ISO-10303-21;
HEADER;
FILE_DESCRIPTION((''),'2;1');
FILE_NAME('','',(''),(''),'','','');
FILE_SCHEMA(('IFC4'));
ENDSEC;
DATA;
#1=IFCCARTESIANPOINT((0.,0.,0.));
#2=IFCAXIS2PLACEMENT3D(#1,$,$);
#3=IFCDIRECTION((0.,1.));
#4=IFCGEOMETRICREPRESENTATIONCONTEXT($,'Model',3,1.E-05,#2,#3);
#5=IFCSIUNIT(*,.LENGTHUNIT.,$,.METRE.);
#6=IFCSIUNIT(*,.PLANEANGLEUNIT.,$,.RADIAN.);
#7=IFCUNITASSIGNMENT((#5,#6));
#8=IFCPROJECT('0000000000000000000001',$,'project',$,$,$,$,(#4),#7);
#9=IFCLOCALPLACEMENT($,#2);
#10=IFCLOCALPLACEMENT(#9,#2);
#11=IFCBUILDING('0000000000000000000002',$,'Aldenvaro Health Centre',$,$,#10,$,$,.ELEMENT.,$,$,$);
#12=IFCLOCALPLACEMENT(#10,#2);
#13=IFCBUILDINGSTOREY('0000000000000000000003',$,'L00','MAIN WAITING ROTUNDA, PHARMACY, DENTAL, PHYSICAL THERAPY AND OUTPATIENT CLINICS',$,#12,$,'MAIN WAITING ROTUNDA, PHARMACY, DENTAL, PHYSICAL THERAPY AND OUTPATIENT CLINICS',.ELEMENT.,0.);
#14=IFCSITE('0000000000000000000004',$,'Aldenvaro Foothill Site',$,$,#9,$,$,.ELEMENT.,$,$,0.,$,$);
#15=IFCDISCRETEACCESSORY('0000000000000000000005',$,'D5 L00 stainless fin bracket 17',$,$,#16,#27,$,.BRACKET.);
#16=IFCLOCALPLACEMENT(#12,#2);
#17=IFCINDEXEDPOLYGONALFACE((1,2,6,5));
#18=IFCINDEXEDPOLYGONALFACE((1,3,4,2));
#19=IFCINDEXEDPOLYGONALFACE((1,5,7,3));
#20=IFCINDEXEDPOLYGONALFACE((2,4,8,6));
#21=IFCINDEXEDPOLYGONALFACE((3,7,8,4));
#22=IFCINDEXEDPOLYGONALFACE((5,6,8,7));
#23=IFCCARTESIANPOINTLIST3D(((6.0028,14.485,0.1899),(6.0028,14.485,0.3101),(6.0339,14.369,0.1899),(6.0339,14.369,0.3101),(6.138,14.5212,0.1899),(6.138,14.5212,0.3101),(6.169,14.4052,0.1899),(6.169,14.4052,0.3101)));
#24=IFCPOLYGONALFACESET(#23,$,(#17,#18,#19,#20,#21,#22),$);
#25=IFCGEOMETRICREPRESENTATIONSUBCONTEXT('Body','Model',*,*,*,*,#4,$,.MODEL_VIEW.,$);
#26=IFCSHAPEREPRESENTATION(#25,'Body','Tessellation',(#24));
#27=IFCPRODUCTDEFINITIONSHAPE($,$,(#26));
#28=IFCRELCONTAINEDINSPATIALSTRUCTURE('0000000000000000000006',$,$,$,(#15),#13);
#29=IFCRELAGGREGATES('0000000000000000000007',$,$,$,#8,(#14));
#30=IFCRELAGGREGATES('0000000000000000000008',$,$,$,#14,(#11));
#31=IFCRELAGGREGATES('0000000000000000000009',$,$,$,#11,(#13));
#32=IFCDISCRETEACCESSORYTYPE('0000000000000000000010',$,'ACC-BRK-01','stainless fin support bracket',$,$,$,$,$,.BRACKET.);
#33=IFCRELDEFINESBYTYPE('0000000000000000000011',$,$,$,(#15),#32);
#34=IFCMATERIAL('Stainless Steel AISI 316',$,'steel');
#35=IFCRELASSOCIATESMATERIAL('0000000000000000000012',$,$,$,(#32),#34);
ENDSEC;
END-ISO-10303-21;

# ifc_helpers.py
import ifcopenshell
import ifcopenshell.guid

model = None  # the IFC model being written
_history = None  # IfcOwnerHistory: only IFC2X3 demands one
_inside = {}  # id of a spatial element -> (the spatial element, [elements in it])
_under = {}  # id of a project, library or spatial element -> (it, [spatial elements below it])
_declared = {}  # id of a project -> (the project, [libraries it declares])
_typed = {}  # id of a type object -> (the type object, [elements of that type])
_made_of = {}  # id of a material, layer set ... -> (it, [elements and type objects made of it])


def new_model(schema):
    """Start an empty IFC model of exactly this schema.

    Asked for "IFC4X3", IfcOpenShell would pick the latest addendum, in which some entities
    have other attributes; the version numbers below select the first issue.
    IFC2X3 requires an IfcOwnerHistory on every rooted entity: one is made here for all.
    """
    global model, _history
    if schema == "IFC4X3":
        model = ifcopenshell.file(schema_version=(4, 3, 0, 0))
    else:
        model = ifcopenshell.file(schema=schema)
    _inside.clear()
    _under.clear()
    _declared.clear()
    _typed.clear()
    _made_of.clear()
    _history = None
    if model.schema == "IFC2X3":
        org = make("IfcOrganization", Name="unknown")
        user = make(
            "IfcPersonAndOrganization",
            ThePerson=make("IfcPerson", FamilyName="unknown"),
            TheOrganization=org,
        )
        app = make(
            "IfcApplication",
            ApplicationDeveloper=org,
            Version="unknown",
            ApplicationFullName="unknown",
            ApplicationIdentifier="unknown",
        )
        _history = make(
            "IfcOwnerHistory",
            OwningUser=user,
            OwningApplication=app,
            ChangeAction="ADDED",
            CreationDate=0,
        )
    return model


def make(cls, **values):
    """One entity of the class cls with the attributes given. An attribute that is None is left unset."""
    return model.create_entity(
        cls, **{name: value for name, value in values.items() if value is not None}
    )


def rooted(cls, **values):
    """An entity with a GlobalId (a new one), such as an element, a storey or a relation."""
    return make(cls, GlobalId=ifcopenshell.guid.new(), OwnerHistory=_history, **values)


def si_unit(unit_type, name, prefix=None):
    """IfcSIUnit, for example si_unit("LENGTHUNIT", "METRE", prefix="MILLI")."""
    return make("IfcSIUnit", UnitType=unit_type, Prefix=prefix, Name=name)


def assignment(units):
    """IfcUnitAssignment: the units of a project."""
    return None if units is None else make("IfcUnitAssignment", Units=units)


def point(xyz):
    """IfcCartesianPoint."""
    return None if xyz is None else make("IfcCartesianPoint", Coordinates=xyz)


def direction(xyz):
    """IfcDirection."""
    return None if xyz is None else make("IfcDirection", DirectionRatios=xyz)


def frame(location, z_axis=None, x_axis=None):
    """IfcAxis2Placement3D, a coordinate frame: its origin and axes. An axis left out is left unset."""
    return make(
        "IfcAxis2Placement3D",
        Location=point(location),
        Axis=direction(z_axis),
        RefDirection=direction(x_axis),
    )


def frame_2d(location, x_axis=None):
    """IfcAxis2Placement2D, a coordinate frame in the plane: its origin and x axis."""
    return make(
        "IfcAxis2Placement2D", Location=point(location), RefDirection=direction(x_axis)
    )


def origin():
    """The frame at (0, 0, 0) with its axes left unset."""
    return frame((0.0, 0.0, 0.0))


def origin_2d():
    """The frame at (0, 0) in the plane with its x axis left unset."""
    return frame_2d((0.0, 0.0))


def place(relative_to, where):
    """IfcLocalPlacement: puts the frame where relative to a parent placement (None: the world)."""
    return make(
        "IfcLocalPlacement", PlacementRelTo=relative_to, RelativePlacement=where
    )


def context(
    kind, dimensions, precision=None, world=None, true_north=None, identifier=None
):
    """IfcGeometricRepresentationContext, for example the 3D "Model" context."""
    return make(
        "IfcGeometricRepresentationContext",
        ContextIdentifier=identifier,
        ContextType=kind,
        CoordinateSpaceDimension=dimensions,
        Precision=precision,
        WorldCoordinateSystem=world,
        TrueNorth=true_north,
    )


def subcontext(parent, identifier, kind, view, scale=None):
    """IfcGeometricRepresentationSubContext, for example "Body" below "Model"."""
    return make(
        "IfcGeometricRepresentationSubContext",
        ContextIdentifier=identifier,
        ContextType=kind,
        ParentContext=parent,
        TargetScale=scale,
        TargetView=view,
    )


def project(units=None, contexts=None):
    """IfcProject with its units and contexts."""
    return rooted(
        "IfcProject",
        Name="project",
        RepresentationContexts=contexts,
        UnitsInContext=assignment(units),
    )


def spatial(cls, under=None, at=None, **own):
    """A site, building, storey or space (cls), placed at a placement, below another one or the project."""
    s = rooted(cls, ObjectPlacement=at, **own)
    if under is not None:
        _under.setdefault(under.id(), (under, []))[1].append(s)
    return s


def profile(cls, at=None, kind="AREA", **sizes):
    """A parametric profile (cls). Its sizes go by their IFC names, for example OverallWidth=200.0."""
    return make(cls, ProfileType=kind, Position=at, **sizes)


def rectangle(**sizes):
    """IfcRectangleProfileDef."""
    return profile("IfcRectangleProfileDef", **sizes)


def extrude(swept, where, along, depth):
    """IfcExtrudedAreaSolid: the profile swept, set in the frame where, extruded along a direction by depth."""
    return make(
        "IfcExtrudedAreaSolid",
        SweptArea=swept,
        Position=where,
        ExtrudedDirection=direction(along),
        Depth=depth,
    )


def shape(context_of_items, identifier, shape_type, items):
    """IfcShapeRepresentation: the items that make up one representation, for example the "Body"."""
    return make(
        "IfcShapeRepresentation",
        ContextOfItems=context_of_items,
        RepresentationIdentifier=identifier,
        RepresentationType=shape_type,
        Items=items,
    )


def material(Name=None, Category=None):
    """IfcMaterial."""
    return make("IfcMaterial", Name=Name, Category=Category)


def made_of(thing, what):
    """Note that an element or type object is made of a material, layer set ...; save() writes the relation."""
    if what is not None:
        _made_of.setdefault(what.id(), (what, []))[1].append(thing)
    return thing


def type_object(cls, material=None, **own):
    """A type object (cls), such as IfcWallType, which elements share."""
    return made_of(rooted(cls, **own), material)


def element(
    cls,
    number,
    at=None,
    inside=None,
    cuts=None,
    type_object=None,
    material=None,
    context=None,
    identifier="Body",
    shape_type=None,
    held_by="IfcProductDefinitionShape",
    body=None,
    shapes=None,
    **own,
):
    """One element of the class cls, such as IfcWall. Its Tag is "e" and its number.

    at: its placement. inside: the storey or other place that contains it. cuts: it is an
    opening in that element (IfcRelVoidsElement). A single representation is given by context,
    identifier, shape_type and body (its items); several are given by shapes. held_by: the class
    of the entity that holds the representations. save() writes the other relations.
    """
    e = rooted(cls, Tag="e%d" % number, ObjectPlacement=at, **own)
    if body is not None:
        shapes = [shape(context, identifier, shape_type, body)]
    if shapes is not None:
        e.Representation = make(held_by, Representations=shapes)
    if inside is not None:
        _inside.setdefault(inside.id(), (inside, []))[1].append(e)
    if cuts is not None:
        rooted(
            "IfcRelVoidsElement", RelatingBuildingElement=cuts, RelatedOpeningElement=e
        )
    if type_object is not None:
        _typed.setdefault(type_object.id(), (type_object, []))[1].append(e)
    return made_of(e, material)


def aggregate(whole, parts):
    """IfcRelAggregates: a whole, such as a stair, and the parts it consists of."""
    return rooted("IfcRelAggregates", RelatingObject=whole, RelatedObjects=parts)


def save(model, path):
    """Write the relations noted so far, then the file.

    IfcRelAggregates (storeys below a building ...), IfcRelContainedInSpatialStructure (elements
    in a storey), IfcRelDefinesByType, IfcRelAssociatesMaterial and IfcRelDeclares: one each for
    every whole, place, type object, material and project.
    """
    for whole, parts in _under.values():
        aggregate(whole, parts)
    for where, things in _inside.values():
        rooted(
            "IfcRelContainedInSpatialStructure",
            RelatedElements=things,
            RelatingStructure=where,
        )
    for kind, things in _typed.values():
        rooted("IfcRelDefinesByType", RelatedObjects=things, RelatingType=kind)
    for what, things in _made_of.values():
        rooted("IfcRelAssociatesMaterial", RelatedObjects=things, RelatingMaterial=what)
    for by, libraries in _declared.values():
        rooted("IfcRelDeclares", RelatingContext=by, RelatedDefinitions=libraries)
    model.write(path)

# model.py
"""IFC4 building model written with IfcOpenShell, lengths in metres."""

from ifc_helpers import new_model, si_unit, direction, frame, origin, origin_2d, place, context, subcontext, project, spatial, rectangle, extrude, material, type_object, element, save


model = new_model("IFC4")

# Units and contexts
model_context = context("Model", 3, precision=1e-05, world=origin(), true_north=direction((0.0, 1.0)))
body_context = subcontext(model_context, "Body", "Model", "MODEL_VIEW")
ifc_project = project(units=[si_unit("LENGTHUNIT", "METRE"), si_unit("PLANEANGLEUNIT", "RADIAN")], contexts=[model_context])

# Site, building, storey
site_placement = place(None, origin())
site = spatial("IfcSite", under=ifc_project, at=site_placement, Name="Aldenvaro Foothill Site", CompositionType="ELEMENT", RefElevation=0.0)
building_placement = place(site_placement, origin())
building = spatial("IfcBuilding", under=site, at=building_placement, Name="Aldenvaro Health Centre", CompositionType="ELEMENT")
storey_placement = place(building_placement, origin())
storey = spatial("IfcBuildingStorey", under=building, at=storey_placement, Name="L00", Description="MAIN WAITING ROTUNDA, PHARMACY, DENTAL, PHYSICAL THERAPY AND OUTPATIENT CLINICS", LongName="MAIN WAITING ROTUNDA, PHARMACY, DENTAL, PHYSICAL THERAPY AND OUTPATIENT CLINICS", CompositionType="ELEMENT", Elevation=0.0)

# Discrete accessory
ifc_material_1 = material(Name="Stainless Steel AISI 316", Category="steel")
discrete_accessory_type = type_object("IfcDiscreteAccessoryType", Name="ACC-BRK-01", Description="stainless fin support bracket", PredefinedType="BRACKET", material=ifc_material_1)
discrete_accessory_placement = place(storey_placement, frame((6.0859, 14.4451, 0.1899), z_axis=(0.0, 0.0, 1.0), x_axis=(-0.258825, 0.965924, 0.0)))
element("IfcDiscreteAccessory", 1, at=discrete_accessory_placement, inside=storey, type_object=discrete_accessory_type, Name="D5 L00 stainless fin bracket 17", PredefinedType="BRACKET", context=body_context, shape_type="SweptSolid", body=[
    extrude(rectangle(XDim=0.1201, YDim=0.1399, at=origin_2d()), origin(), (0.0, 0.0, 1.0), 0.1201),
])

save(model, "model.ifc")
